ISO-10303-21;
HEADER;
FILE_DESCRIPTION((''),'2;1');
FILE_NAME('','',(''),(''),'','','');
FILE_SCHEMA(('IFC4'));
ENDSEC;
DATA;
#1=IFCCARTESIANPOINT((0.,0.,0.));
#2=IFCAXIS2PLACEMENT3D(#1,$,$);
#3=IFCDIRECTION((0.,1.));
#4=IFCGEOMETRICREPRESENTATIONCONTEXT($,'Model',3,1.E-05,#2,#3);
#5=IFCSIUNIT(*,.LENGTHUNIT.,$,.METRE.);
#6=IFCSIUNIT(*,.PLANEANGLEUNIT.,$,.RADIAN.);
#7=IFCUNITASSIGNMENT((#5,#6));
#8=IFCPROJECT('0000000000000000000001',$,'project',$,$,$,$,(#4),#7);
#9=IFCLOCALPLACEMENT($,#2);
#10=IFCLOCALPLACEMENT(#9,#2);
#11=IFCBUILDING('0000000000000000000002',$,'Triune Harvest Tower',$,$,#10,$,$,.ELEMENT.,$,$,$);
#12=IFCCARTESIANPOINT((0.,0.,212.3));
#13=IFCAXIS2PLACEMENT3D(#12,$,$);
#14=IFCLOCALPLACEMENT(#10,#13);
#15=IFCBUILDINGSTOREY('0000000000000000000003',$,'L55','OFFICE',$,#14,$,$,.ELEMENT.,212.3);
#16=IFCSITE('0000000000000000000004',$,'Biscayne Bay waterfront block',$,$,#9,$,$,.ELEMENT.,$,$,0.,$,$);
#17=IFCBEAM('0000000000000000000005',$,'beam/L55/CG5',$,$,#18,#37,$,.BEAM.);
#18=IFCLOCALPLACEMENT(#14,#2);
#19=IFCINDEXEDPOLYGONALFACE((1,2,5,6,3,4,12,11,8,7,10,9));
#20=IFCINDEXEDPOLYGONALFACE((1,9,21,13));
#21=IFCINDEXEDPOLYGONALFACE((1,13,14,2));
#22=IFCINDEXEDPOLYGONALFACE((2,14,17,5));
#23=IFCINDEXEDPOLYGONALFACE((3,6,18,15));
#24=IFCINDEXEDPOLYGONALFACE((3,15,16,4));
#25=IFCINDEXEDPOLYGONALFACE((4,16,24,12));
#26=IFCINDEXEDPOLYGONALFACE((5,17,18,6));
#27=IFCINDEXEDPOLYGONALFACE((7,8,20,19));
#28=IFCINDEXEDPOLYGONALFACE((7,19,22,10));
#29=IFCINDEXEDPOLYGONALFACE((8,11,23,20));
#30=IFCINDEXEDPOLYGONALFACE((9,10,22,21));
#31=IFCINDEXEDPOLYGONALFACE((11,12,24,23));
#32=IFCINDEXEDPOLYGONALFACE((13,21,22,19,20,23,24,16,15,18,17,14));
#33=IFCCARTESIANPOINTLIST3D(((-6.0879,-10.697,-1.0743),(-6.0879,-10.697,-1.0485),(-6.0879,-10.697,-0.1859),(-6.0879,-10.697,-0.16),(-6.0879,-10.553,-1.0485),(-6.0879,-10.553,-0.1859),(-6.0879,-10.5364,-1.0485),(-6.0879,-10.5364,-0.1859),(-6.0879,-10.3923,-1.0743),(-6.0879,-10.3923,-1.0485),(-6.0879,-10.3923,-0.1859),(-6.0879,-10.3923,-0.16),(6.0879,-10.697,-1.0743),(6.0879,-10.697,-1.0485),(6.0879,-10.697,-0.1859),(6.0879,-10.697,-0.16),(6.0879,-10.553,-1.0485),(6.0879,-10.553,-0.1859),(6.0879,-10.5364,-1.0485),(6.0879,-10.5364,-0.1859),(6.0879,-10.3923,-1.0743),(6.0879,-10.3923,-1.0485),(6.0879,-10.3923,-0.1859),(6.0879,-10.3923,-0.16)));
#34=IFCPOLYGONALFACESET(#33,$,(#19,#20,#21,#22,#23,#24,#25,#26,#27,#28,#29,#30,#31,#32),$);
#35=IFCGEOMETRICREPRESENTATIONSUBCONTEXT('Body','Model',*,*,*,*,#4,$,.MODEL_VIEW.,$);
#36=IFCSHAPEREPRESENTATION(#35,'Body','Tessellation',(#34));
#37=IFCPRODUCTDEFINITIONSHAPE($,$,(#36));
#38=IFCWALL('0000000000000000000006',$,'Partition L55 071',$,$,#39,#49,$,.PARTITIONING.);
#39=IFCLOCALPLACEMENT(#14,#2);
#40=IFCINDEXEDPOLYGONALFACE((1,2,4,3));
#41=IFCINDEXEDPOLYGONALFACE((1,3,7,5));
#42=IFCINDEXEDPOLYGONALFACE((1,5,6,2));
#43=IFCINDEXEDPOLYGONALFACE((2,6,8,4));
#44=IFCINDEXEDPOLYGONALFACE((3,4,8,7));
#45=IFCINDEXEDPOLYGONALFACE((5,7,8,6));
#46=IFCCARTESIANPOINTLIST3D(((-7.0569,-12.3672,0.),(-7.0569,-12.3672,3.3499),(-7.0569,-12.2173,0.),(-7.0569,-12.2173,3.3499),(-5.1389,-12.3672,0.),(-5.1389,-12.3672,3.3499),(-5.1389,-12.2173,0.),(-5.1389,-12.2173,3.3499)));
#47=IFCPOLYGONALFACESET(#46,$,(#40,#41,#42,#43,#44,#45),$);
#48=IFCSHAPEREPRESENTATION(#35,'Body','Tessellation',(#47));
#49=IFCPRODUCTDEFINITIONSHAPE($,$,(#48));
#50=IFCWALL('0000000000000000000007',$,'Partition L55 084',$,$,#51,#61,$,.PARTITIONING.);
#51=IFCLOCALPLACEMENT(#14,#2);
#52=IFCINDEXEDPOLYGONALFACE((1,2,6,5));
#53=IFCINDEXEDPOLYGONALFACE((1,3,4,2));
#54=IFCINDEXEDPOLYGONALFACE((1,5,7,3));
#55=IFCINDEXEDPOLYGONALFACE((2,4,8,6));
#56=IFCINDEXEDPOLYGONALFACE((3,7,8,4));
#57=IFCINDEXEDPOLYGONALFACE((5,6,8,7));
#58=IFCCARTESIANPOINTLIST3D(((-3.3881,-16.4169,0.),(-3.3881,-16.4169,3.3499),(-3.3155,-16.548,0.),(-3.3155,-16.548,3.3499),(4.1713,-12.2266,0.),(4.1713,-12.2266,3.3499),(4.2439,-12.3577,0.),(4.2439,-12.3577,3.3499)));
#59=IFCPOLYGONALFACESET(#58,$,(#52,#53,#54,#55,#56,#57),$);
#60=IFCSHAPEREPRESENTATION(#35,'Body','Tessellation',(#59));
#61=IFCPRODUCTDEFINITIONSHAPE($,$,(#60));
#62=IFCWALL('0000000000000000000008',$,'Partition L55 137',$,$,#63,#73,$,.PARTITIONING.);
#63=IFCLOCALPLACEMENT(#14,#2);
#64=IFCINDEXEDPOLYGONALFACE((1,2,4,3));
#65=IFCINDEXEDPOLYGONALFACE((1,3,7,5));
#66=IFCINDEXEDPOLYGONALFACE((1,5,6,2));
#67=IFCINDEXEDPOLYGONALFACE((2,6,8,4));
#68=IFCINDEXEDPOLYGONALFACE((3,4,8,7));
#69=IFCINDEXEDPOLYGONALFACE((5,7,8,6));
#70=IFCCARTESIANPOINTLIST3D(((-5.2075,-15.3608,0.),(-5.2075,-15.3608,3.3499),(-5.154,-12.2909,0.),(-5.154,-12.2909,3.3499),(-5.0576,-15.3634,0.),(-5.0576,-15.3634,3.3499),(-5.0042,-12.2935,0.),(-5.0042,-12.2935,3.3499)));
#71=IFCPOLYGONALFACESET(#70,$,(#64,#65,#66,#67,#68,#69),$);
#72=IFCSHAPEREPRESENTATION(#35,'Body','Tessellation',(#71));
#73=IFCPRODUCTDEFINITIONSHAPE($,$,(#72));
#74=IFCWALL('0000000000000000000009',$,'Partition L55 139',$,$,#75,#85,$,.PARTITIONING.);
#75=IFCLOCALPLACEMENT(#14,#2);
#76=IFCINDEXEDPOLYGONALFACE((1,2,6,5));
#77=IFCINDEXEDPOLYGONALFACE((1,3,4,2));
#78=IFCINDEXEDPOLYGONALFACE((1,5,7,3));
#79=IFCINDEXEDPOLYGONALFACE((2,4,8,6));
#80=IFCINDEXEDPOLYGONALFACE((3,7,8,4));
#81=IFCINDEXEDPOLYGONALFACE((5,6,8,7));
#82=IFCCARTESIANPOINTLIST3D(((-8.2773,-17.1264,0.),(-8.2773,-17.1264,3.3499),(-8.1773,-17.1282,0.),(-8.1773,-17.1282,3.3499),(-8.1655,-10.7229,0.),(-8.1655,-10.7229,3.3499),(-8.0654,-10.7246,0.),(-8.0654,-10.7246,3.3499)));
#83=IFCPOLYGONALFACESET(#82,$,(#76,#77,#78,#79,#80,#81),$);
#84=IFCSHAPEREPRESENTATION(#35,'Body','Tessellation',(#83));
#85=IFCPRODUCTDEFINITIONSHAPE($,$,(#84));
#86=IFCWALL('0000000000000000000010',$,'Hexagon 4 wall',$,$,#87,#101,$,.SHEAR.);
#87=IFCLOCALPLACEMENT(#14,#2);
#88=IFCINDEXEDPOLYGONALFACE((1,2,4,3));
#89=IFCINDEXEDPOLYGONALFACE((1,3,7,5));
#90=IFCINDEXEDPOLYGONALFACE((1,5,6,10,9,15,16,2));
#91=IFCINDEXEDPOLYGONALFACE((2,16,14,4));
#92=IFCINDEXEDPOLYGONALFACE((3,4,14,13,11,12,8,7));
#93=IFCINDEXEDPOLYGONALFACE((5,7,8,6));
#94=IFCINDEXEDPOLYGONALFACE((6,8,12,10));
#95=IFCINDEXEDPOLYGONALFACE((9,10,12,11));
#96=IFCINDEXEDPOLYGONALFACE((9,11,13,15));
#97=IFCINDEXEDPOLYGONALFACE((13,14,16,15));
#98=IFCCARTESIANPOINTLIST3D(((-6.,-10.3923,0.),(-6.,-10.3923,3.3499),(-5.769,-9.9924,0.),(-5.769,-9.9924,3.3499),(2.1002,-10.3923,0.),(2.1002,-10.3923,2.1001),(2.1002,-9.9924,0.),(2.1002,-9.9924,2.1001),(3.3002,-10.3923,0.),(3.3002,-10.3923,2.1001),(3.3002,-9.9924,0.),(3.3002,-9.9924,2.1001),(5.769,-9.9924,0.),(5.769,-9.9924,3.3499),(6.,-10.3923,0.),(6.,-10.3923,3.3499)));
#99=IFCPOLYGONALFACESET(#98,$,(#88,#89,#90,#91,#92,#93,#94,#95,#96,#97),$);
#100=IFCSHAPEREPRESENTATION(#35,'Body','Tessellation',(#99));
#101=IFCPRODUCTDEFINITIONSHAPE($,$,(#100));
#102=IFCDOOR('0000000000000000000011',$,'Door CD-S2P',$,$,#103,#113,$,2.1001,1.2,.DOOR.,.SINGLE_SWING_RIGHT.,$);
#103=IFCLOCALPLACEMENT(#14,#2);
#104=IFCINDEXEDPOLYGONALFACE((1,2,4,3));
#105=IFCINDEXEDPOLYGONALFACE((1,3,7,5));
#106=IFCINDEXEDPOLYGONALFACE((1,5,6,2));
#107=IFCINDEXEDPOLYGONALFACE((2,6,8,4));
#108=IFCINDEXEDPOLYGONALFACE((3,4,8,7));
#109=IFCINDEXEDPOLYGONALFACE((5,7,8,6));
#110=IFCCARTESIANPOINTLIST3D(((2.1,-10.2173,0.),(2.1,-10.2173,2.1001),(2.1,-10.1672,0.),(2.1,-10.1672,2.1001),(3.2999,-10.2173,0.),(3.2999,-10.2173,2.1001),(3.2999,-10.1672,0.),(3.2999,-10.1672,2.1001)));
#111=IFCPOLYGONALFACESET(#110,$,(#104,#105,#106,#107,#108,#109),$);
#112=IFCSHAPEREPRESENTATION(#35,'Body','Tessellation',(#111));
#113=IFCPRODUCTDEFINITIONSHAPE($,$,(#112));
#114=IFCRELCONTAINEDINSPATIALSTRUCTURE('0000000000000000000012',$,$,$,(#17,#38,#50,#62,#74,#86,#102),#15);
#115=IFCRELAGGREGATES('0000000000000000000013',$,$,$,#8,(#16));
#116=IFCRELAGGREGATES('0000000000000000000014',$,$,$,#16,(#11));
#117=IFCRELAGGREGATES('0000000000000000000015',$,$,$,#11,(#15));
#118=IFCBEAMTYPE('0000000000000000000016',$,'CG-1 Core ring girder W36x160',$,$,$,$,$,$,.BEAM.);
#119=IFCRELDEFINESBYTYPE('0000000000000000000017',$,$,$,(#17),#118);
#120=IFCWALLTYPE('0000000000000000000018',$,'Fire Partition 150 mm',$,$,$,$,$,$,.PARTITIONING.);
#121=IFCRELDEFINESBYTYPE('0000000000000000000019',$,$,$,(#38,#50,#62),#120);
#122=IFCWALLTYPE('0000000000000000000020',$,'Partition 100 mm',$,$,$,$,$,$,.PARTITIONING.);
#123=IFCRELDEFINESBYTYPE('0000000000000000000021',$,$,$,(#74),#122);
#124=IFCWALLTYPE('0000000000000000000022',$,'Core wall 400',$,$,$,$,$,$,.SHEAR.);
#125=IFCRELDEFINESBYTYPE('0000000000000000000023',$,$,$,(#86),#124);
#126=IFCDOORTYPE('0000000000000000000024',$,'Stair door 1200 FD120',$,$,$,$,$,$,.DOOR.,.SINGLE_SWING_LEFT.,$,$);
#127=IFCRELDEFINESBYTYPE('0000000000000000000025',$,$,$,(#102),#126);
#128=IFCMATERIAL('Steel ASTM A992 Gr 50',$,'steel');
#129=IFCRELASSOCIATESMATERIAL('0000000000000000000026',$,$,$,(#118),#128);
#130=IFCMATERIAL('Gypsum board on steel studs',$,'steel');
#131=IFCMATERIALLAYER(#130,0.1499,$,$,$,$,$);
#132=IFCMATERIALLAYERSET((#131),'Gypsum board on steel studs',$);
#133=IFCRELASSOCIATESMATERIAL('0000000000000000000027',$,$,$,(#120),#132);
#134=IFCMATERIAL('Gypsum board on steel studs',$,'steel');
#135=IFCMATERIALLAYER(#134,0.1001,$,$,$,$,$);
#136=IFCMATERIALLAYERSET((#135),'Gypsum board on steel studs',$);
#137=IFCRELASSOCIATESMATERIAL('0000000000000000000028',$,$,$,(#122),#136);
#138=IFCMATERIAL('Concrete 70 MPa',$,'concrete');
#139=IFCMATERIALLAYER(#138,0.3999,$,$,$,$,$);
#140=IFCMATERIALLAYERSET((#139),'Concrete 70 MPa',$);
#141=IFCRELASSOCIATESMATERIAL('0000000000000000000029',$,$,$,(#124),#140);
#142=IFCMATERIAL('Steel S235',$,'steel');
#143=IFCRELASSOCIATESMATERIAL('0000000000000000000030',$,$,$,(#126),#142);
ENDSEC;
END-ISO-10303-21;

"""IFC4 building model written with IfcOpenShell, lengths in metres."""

from ifc_helpers import new_model, si_unit, direction, frame, frame_2d, origin, origin_2d, place, context, subcontext, project, spatial, polyline, rectangle, i_section, outline, extrude, source, transform, mapped, material, layer, layer_set, material_profile, profile_set, type_object, element, fill, save


model = new_model("IFC4")

# Units and contexts
model_context = context("Model", 3, precision=1e-05, world=origin(), true_north=direction((0.0, 1.0)))
body_context = subcontext(model_context, "Body", "Model", "MODEL_VIEW")
ifc_project = project(units=[si_unit("LENGTHUNIT", "METRE"), si_unit("PLANEANGLEUNIT", "RADIAN")], contexts=[model_context])

# Site, building, storey
site_placement = place(None, origin())
site = spatial("IfcSite", under=ifc_project, at=site_placement, Name="Biscayne Bay waterfront block", CompositionType="ELEMENT", RefElevation=0.0)
building_placement = place(site_placement, origin())
building = spatial("IfcBuilding", under=site, at=building_placement, Name="Triune Harvest Tower", CompositionType="ELEMENT")
storey_placement = place(building_placement, frame((0.0, 0.0, 212.3)))
storey = spatial("IfcBuildingStorey", under=building, at=storey_placement, Name="L55", Description="OFFICE", CompositionType="ELEMENT", Elevation=212.3)

# Beam
ifc_material_1 = material(Name="Steel ASTM A992 Gr 50", Category="steel")
ifc_material_profile = material_profile(ifc_material_1, i_section(OverallWidth=0.3047, OverallDepth=0.9143, WebThickness=0.0166, FlangeThickness=0.0259, at=origin_2d()), Name="W36x160")
ifc_profile_set = profile_set([ifc_material_profile], Name="Steel ASTM A992 Gr 50")
beam_type = type_object("IfcBeamType", Name="CG-1 Core ring girder W36x160", PredefinedType="BEAM", material=ifc_profile_set)
shared_shape_1 = source(origin(), body_context, "Body", "SweptSolid", [
    extrude(i_section(OverallWidth=0.3047, OverallDepth=0.9143, WebThickness=0.0166, FlangeThickness=0.0259, at=origin_2d()), origin(), (0.0, 0.0, 1.0), 12.1758),
])
beam_placement = place(storey_placement, frame((-6.0879, -10.5447, -0.6172), z_axis=(1.0, 0.0, 0.0), x_axis=(0.0, 1.0, 0.0)))
element("IfcBeam", 1, at=beam_placement, inside=storey, type_object=beam_type, Name="beam/L55/CG5", PredefinedType="BEAM", context=body_context, shape_type="MappedRepresentation", body=[
    mapped(shared_shape_1, transform((0.0, 0.0, 0.0), scale=1.0)),
])

# Walls
ifc_material_2 = material(Name="Gypsum board on steel studs", Category="steel")
ifc_layer_1 = layer(ifc_material_2, 0.1499)
ifc_layer_set_1 = layer_set([ifc_layer_1], Name="Gypsum board on steel studs")
wall_type_1 = type_object("IfcWallType", Name="Fire Partition 150 mm", PredefinedType="PARTITIONING", material=ifc_layer_set_1)
wall_1_placement = place(storey_placement, frame((-7.0569, -12.2922, 0.0), z_axis=(0.0, 0.0, 1.0), x_axis=(1.0, 0.0, 0.0)))
element("IfcWall", 2, at=wall_1_placement, inside=storey, type_object=wall_type_1, Name="Partition L55 071", PredefinedType="PARTITIONING", context=body_context, shape_type="SweptSolid", body=[
    extrude(rectangle(XDim=1.918, YDim=0.1499, at=frame_2d((0.959, 0.0))), origin(), (0.0, 0.0, 1.0), 3.3499),
])
wall_2_placement = place(storey_placement, frame((-3.3518, -16.4824, 0.0), z_axis=(0.0, 0.0, 1.0), x_axis=(0.874621, 0.484808, 0.0)))
element("IfcWall", 3, at=wall_2_placement, inside=storey, type_object=wall_type_1, Name="Partition L55 084", PredefinedType="PARTITIONING", context=body_context, shape_type="SweptSolid", body=[
    extrude(rectangle(XDim=8.6431, YDim=0.1499, at=frame_2d((4.3215, 0.0))), origin(), (0.0, 0.0, 1.0), 3.3499),
])
wall_3_placement = place(storey_placement, frame((-5.1326, -15.3621, 0.0), z_axis=(0.0, 0.0, 1.0), x_axis=(0.017414, 0.999848, 0.0)))
element("IfcWall", 4, at=wall_3_placement, inside=storey, type_object=wall_type_1, Name="Partition L55 137", PredefinedType="PARTITIONING", context=body_context, shape_type="SweptSolid", body=[
    extrude(rectangle(XDim=3.0703, YDim=0.1499, at=frame_2d((1.5352, 0.0))), origin(), (0.0, 0.0, 1.0), 3.3499),
])
ifc_material_3 = material(Name="Gypsum board on steel studs", Category="steel")
ifc_layer_2 = layer(ifc_material_3, 0.1001)
ifc_layer_set_2 = layer_set([ifc_layer_2], Name="Gypsum board on steel studs")
wall_type_2 = type_object("IfcWallType", Name="Partition 100 mm", PredefinedType="PARTITIONING", material=ifc_layer_set_2)
wall_4_placement = place(storey_placement, frame((-8.2273, -17.1272, 0.0), z_axis=(0.0, 0.0, 1.0), x_axis=(0.017459, 0.999848, 0.0)))
element("IfcWall", 5, at=wall_4_placement, inside=storey, type_object=wall_type_2, Name="Partition L55 139", PredefinedType="PARTITIONING", context=body_context, shape_type="SweptSolid", body=[
    extrude(rectangle(XDim=6.4045, YDim=0.1001, at=frame_2d((3.2021, 0.0))), origin(), (0.0, 0.0, 1.0), 3.3499),
])

# Wall, opening, door
ifc_material_4 = material(Name="Concrete 70 MPa", Category="concrete")
ifc_layer_3 = layer(ifc_material_4, 0.3999)
ifc_layer_set_3 = layer_set([ifc_layer_3], Name="Concrete 70 MPa")
wall_type_3 = type_object("IfcWallType", Name="Core wall 400", PredefinedType="SHEAR", material=ifc_layer_set_3)
shared_shape_2 = source(origin(), body_context, "Body", "SweptSolid", [
    extrude(outline(polyline([(-0.1155, -0.2), (11.8845, -0.2), (11.6536, 0.2), (0.1155, 0.2), (-0.1155, -0.2)])), origin(), (0.0, 0.0, 1.0), 3.3499),
])
wall_5_placement = place(storey_placement, frame((-5.8845, -10.1924, 0.0), z_axis=(0.0, 0.0, 1.0), x_axis=(1.0, 0.0, 0.0)))
wall_5 = element("IfcWall", 6, at=wall_5_placement, inside=storey, type_object=wall_type_3, Name="Hexagon 4 wall", PredefinedType="SHEAR", context=body_context, shape_type="MappedRepresentation", body=[
    mapped(shared_shape_2, transform((0.0, 0.0, 0.0), scale=1.0)),
])
opening_1_placement = place(wall_5_placement, frame((7.9846, 0.0, 0.0)))
opening_1 = element("IfcOpeningElement", 7, at=opening_1_placement, cuts=wall_5, PredefinedType="OPENING", context=body_context, shape_type="SweptSolid", body=[
    extrude(rectangle(XDim=1.2, YDim=2.1001, at=frame_2d((0.6001, 1.05))), frame((0.0, 0.21, 0.0), z_axis=(0.0, -1.0, 0.0), x_axis=(1.0, 0.0, 0.0)), (0.0, 0.0, 1.0), 0.4199),
])
ifc_material_5 = material(Name="Steel S235", Category="steel")
door_type_1 = type_object("IfcDoorType", Name="Stair door 1200 FD120", OperationType="SINGLE_SWING_LEFT", PredefinedType="DOOR", material=ifc_material_5)
door_1_placement = place(opening_1_placement, frame((1.2, 0.0, 0.0), z_axis=(0.0, 0.0, 1.0), x_axis=(-1.0, 0.0, 0.0)))
door_1 = element("IfcDoor", 8, at=door_1_placement, inside=storey, type_object=door_type_1, Name="Door CD-S2P", OperationType="SINGLE_SWING_RIGHT", OverallHeight=2.1001, OverallWidth=1.2, PredefinedType="DOOR", context=body_context, shape_type="SweptSolid", body=[
    extrude(rectangle(XDim=1.2, YDim=2.1001, at=frame_2d((0.6001, 1.05))), frame((0.0, 0.0249, 0.0), z_axis=(0.0, -1.0, 0.0), x_axis=(1.0, 0.0, 0.0)), (0.0, 0.0, 1.0), 0.05),
])
fill(opening_1, door_1)

save(model, "model.ifc")
